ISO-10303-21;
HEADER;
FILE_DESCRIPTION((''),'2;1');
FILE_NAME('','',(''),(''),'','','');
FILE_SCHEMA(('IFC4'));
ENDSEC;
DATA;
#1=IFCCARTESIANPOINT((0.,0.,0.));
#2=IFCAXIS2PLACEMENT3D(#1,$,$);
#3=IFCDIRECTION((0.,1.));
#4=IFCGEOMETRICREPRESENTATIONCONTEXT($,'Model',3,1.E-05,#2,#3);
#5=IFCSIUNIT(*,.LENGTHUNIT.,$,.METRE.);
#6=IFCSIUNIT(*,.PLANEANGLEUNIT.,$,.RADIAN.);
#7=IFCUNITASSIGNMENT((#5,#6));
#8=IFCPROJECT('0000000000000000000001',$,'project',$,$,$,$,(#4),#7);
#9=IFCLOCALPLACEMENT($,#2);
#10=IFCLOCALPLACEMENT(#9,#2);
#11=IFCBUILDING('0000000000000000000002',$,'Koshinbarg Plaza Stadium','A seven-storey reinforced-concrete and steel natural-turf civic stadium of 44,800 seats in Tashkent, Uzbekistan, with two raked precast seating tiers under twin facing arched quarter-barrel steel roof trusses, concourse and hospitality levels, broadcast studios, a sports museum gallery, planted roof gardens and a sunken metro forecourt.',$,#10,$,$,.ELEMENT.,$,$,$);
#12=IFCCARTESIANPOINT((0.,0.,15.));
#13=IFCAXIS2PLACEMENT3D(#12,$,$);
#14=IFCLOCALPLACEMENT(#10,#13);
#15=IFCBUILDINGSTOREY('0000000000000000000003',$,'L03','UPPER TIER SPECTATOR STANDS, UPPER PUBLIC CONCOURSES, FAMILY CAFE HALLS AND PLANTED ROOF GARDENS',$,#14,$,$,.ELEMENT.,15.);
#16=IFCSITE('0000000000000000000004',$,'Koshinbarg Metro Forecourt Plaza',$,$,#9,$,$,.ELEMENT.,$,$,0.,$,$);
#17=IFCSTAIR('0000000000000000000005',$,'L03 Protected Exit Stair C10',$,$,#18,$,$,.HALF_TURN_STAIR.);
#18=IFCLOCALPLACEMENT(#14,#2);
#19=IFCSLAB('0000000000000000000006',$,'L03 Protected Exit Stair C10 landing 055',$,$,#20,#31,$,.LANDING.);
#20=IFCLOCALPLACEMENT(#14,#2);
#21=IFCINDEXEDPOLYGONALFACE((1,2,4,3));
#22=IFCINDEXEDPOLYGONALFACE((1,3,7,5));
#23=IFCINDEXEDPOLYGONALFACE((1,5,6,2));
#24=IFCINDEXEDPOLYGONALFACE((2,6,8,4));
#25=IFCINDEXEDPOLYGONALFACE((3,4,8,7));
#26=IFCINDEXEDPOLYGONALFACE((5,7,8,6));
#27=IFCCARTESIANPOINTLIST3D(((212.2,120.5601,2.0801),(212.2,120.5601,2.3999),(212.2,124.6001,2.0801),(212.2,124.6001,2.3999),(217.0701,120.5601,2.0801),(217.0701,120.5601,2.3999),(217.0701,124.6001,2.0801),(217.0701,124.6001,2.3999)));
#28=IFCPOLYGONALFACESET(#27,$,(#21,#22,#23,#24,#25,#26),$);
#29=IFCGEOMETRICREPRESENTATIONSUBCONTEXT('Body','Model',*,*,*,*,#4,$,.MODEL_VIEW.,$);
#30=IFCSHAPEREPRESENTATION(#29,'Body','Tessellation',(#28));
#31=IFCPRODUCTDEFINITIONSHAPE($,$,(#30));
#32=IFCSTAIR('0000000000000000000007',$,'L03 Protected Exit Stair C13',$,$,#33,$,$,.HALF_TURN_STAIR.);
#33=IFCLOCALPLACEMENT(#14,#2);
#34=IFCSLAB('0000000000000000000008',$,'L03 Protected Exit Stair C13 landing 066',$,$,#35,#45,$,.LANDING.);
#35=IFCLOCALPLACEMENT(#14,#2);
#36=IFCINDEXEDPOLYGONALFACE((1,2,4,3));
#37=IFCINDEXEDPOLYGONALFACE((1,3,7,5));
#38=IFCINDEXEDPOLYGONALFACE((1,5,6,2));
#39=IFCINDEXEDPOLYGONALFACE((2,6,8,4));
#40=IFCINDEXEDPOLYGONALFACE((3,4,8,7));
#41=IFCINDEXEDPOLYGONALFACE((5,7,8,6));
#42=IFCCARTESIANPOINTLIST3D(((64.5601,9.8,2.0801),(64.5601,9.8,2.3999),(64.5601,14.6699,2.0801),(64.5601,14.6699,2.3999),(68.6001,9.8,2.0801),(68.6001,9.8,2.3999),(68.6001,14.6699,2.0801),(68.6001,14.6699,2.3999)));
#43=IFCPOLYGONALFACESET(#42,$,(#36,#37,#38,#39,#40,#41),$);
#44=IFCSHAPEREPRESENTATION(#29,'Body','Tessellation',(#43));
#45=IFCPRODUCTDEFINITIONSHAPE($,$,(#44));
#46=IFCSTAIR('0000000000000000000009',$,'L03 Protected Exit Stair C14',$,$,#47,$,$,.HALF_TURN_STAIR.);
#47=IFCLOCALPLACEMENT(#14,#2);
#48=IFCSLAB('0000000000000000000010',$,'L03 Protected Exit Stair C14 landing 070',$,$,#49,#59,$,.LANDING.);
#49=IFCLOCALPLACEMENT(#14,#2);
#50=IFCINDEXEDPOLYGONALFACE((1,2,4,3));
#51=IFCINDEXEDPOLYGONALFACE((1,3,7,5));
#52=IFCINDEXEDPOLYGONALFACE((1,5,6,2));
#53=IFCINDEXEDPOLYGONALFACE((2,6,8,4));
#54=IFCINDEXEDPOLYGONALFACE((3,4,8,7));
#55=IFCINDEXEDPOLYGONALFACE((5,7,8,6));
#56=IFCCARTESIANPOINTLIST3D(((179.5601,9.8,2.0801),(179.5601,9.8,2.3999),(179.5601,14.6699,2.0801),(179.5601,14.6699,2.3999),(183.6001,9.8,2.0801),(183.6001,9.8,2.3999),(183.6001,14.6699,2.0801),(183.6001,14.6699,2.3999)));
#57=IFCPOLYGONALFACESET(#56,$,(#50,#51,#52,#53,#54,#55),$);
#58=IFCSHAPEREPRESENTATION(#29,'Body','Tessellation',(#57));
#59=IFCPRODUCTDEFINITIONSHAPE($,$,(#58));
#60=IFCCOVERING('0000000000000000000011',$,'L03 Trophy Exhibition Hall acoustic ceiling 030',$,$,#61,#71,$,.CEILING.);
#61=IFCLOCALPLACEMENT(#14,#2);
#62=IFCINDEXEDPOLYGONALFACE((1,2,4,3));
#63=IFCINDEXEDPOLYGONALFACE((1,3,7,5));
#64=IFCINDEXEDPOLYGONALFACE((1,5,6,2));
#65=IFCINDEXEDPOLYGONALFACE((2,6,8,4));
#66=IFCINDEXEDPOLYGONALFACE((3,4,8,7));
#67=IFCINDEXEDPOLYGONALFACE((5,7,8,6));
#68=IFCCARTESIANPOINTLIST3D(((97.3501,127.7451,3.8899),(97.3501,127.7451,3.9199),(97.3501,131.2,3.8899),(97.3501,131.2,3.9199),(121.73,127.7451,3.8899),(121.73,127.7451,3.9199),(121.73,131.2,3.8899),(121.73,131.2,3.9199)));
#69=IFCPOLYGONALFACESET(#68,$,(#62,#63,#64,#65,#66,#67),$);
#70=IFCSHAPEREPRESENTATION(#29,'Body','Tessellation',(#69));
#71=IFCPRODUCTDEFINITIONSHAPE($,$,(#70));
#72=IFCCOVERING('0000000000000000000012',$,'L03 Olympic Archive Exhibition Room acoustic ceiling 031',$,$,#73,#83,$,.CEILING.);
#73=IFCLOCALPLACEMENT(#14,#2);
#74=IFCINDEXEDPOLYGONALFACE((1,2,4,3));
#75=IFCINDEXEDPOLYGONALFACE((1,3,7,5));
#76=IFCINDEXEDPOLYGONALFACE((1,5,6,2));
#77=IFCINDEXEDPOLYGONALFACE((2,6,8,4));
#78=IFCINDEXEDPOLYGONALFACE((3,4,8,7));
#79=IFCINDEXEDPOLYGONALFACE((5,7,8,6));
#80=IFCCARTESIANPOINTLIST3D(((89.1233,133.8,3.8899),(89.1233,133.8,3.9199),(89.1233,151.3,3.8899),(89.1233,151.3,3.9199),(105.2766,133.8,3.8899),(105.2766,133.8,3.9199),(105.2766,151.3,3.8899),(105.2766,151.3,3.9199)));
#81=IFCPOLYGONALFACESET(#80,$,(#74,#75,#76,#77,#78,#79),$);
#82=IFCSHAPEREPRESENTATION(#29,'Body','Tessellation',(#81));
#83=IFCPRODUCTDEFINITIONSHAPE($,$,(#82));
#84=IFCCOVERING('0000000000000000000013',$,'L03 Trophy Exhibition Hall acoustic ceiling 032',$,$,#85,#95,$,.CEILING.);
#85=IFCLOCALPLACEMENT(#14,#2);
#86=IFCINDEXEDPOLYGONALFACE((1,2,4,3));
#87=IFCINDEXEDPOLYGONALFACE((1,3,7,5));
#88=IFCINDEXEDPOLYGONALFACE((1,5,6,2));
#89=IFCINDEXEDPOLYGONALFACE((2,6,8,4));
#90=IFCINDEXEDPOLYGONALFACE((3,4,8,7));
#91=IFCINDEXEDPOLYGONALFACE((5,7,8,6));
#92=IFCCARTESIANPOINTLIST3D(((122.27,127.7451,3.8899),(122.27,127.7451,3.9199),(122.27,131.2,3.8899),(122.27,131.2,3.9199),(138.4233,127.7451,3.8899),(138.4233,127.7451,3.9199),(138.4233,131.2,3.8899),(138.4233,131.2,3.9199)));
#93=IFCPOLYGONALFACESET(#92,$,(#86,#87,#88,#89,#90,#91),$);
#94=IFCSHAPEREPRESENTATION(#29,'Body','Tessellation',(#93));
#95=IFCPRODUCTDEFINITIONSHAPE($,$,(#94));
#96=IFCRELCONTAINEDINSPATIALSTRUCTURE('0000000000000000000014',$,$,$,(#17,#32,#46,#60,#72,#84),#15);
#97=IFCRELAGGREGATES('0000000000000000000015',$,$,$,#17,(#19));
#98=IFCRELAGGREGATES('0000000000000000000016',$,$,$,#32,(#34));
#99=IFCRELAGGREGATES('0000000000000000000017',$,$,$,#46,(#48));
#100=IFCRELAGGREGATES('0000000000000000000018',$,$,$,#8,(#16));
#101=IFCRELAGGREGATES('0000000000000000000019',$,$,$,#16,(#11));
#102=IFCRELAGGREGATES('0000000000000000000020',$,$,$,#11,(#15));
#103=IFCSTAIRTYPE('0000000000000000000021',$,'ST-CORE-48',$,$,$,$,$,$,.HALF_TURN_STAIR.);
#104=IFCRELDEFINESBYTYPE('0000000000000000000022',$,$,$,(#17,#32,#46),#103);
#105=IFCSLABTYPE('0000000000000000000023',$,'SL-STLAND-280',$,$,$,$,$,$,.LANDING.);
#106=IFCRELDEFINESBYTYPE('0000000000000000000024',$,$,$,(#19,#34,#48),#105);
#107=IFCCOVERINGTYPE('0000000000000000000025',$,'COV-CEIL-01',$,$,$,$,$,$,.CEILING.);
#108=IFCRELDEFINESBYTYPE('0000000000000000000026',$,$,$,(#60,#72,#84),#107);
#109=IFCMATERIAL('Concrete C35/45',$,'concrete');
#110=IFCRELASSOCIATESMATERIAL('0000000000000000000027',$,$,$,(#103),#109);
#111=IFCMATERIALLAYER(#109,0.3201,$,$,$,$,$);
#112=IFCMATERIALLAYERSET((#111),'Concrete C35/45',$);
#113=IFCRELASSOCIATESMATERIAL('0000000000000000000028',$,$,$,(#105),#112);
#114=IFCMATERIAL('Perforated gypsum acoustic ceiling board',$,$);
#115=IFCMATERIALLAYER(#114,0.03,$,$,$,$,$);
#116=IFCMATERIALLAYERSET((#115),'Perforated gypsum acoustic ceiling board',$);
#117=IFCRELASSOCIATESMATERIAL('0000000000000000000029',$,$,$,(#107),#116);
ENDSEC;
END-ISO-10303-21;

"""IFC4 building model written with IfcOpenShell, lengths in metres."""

from ifc_helpers import new_model, si_unit, direction, frame, origin, place, context, subcontext, project, spatial, polyline, outline, extrude, material, layer, layer_set, type_object, element, aggregate, save


model = new_model("IFC4")

# Units and contexts
model_context = context("Model", 3, precision=1e-05, world=origin(), true_north=direction((0.0, 1.0)))
body_context = subcontext(model_context, "Body", "Model", "MODEL_VIEW")
ifc_project = project(units=[si_unit("LENGTHUNIT", "METRE"), si_unit("PLANEANGLEUNIT", "RADIAN")], contexts=[model_context])

# Site, building, storey
site_placement = place(None, origin())
site = spatial("IfcSite", under=ifc_project, at=site_placement, Name="Koshinbarg Metro Forecourt Plaza", CompositionType="ELEMENT", RefElevation=0.0)
building_placement = place(site_placement, origin())
building = spatial("IfcBuilding", under=site, at=building_placement, Name="Koshinbarg Plaza Stadium", Description="A seven-storey reinforced-concrete and steel natural-turf civic stadium of 44,800 seats in Tashkent, Uzbekistan, with two raked precast seating tiers under twin facing arched quarter-barrel steel roof trusses, concourse and hospitality levels, broadcast studios, a sports museum gallery, planted roof gardens and a sunken metro forecourt.", CompositionType="ELEMENT")
storey_placement = place(building_placement, frame((0.0, 0.0, 15.0)))
storey = spatial("IfcBuildingStorey", under=building, at=storey_placement, Name="L03", Description="UPPER TIER SPECTATOR STANDS, UPPER PUBLIC CONCOURSES, FAMILY CAFE HALLS AND PLANTED ROOF GARDENS", CompositionType="ELEMENT", Elevation=15.0)

# Stairs, slabs
ifc_material_1 = material(Name="Concrete C35/45", Category="concrete")
stair_type = type_object("IfcStairType", Name="ST-CORE-48", PredefinedType="HALF_TURN_STAIR", material=ifc_material_1)
ifc_layer_1 = layer(ifc_material_1, 0.3201)
ifc_layer_set_1 = layer_set([ifc_layer_1], Name="Concrete C35/45")
slab_type = type_object("IfcSlabType", Name="SL-STLAND-280", PredefinedType="LANDING", material=ifc_layer_set_1)
stair_1_placement = place(storey_placement, origin())
stair_1 = element("IfcStair", 1, at=stair_1_placement, inside=storey, type_object=stair_type, Name="L03 Protected Exit Stair C10", PredefinedType="HALF_TURN_STAIR")
slab_1_placement = place(storey_placement, frame((0.0, 0.0, 2.0801)))
slab_1 = element("IfcSlab", 2, at=slab_1_placement, type_object=slab_type, Name="L03 Protected Exit Stair C10 landing 055", PredefinedType="LANDING", context=body_context, shape_type="SweptSolid", body=[
    extrude(outline(polyline([(217.0701, 120.5601), (217.0701, 124.6001), (212.2, 124.6001), (212.2, 120.5601), (217.0701, 120.5601)])), origin(), (0.0, 0.0, 1.0), 0.3198),
])
aggregate(stair_1, [slab_1])
stair_2_placement = place(storey_placement, origin())
stair_2 = element("IfcStair", 3, at=stair_2_placement, inside=storey, type_object=stair_type, Name="L03 Protected Exit Stair C13", PredefinedType="HALF_TURN_STAIR")
slab_2_placement = place(storey_placement, frame((0.0, 0.0, 2.0801)))
slab_2 = element("IfcSlab", 4, at=slab_2_placement, type_object=slab_type, Name="L03 Protected Exit Stair C13 landing 066", PredefinedType="LANDING", context=body_context, shape_type="SweptSolid", body=[
    extrude(outline(polyline([(64.5601, 9.8), (68.6001, 9.8), (68.6001, 14.6699), (64.5601, 14.6699), (64.5601, 9.8)])), origin(), (0.0, 0.0, 1.0), 0.3198),
])
aggregate(stair_2, [slab_2])
stair_3_placement = place(storey_placement, origin())
stair_3 = element("IfcStair", 5, at=stair_3_placement, inside=storey, type_object=stair_type, Name="L03 Protected Exit Stair C14", PredefinedType="HALF_TURN_STAIR")
slab_3_placement = place(storey_placement, frame((0.0, 0.0, 2.0801)))
slab_3 = element("IfcSlab", 6, at=slab_3_placement, type_object=slab_type, Name="L03 Protected Exit Stair C14 landing 070", PredefinedType="LANDING", context=body_context, shape_type="SweptSolid", body=[
    extrude(outline(polyline([(179.5601, 9.8), (183.6001, 9.8), (183.6001, 14.6699), (179.5601, 14.6699), (179.5601, 9.8)])), origin(), (0.0, 0.0, 1.0), 0.3198),
])
aggregate(stair_3, [slab_3])

# Coverings
ifc_material_2 = material(Name="Perforated gypsum acoustic ceiling board")
ifc_layer_2 = layer(ifc_material_2, 0.03)
ifc_layer_set_2 = layer_set([ifc_layer_2], Name="Perforated gypsum acoustic ceiling board")
covering_type = type_object("IfcCoveringType", Name="COV-CEIL-01", PredefinedType="CEILING", material=ifc_layer_set_2)
covering_1_placement = place(storey_placement, frame((0.0, 0.0, 3.8899)))
element("IfcCovering", 7, at=covering_1_placement, inside=storey, type_object=covering_type, Name="L03 Trophy Exhibition Hall acoustic ceiling 030", PredefinedType="CEILING", context=body_context, shape_type="SweptSolid", body=[
    extrude(outline(polyline([(97.3501, 127.7451), (121.73, 127.7451), (121.73, 131.2), (97.3501, 131.2), (97.3501, 127.7451)])), origin(), (0.0, 0.0, 1.0), 0.03),
])
covering_2_placement = place(storey_placement, frame((0.0, 0.0, 3.8899)))
element("IfcCovering", 8, at=covering_2_placement, inside=storey, type_object=covering_type, Name="L03 Olympic Archive Exhibition Room acoustic ceiling 031", PredefinedType="CEILING", context=body_context, shape_type="SweptSolid", body=[
    extrude(outline(polyline([(89.1233, 133.8), (105.2766, 133.8), (105.2766, 151.3), (89.1233, 151.3), (89.1233, 133.8)])), origin(), (0.0, 0.0, 1.0), 0.03),
])
covering_3_placement = place(storey_placement, frame((0.0, 0.0, 3.8899)))
element("IfcCovering", 9, at=covering_3_placement, inside=storey, type_object=covering_type, Name="L03 Trophy Exhibition Hall acoustic ceiling 032", PredefinedType="CEILING", context=body_context, shape_type="SweptSolid", body=[
    extrude(outline(polyline([(122.27, 127.7451), (138.4233, 127.7451), (138.4233, 131.2), (122.27, 131.2), (122.27, 127.7451)])), origin(), (0.0, 0.0, 1.0), 0.03),
])

save(model, "model.ifc")
